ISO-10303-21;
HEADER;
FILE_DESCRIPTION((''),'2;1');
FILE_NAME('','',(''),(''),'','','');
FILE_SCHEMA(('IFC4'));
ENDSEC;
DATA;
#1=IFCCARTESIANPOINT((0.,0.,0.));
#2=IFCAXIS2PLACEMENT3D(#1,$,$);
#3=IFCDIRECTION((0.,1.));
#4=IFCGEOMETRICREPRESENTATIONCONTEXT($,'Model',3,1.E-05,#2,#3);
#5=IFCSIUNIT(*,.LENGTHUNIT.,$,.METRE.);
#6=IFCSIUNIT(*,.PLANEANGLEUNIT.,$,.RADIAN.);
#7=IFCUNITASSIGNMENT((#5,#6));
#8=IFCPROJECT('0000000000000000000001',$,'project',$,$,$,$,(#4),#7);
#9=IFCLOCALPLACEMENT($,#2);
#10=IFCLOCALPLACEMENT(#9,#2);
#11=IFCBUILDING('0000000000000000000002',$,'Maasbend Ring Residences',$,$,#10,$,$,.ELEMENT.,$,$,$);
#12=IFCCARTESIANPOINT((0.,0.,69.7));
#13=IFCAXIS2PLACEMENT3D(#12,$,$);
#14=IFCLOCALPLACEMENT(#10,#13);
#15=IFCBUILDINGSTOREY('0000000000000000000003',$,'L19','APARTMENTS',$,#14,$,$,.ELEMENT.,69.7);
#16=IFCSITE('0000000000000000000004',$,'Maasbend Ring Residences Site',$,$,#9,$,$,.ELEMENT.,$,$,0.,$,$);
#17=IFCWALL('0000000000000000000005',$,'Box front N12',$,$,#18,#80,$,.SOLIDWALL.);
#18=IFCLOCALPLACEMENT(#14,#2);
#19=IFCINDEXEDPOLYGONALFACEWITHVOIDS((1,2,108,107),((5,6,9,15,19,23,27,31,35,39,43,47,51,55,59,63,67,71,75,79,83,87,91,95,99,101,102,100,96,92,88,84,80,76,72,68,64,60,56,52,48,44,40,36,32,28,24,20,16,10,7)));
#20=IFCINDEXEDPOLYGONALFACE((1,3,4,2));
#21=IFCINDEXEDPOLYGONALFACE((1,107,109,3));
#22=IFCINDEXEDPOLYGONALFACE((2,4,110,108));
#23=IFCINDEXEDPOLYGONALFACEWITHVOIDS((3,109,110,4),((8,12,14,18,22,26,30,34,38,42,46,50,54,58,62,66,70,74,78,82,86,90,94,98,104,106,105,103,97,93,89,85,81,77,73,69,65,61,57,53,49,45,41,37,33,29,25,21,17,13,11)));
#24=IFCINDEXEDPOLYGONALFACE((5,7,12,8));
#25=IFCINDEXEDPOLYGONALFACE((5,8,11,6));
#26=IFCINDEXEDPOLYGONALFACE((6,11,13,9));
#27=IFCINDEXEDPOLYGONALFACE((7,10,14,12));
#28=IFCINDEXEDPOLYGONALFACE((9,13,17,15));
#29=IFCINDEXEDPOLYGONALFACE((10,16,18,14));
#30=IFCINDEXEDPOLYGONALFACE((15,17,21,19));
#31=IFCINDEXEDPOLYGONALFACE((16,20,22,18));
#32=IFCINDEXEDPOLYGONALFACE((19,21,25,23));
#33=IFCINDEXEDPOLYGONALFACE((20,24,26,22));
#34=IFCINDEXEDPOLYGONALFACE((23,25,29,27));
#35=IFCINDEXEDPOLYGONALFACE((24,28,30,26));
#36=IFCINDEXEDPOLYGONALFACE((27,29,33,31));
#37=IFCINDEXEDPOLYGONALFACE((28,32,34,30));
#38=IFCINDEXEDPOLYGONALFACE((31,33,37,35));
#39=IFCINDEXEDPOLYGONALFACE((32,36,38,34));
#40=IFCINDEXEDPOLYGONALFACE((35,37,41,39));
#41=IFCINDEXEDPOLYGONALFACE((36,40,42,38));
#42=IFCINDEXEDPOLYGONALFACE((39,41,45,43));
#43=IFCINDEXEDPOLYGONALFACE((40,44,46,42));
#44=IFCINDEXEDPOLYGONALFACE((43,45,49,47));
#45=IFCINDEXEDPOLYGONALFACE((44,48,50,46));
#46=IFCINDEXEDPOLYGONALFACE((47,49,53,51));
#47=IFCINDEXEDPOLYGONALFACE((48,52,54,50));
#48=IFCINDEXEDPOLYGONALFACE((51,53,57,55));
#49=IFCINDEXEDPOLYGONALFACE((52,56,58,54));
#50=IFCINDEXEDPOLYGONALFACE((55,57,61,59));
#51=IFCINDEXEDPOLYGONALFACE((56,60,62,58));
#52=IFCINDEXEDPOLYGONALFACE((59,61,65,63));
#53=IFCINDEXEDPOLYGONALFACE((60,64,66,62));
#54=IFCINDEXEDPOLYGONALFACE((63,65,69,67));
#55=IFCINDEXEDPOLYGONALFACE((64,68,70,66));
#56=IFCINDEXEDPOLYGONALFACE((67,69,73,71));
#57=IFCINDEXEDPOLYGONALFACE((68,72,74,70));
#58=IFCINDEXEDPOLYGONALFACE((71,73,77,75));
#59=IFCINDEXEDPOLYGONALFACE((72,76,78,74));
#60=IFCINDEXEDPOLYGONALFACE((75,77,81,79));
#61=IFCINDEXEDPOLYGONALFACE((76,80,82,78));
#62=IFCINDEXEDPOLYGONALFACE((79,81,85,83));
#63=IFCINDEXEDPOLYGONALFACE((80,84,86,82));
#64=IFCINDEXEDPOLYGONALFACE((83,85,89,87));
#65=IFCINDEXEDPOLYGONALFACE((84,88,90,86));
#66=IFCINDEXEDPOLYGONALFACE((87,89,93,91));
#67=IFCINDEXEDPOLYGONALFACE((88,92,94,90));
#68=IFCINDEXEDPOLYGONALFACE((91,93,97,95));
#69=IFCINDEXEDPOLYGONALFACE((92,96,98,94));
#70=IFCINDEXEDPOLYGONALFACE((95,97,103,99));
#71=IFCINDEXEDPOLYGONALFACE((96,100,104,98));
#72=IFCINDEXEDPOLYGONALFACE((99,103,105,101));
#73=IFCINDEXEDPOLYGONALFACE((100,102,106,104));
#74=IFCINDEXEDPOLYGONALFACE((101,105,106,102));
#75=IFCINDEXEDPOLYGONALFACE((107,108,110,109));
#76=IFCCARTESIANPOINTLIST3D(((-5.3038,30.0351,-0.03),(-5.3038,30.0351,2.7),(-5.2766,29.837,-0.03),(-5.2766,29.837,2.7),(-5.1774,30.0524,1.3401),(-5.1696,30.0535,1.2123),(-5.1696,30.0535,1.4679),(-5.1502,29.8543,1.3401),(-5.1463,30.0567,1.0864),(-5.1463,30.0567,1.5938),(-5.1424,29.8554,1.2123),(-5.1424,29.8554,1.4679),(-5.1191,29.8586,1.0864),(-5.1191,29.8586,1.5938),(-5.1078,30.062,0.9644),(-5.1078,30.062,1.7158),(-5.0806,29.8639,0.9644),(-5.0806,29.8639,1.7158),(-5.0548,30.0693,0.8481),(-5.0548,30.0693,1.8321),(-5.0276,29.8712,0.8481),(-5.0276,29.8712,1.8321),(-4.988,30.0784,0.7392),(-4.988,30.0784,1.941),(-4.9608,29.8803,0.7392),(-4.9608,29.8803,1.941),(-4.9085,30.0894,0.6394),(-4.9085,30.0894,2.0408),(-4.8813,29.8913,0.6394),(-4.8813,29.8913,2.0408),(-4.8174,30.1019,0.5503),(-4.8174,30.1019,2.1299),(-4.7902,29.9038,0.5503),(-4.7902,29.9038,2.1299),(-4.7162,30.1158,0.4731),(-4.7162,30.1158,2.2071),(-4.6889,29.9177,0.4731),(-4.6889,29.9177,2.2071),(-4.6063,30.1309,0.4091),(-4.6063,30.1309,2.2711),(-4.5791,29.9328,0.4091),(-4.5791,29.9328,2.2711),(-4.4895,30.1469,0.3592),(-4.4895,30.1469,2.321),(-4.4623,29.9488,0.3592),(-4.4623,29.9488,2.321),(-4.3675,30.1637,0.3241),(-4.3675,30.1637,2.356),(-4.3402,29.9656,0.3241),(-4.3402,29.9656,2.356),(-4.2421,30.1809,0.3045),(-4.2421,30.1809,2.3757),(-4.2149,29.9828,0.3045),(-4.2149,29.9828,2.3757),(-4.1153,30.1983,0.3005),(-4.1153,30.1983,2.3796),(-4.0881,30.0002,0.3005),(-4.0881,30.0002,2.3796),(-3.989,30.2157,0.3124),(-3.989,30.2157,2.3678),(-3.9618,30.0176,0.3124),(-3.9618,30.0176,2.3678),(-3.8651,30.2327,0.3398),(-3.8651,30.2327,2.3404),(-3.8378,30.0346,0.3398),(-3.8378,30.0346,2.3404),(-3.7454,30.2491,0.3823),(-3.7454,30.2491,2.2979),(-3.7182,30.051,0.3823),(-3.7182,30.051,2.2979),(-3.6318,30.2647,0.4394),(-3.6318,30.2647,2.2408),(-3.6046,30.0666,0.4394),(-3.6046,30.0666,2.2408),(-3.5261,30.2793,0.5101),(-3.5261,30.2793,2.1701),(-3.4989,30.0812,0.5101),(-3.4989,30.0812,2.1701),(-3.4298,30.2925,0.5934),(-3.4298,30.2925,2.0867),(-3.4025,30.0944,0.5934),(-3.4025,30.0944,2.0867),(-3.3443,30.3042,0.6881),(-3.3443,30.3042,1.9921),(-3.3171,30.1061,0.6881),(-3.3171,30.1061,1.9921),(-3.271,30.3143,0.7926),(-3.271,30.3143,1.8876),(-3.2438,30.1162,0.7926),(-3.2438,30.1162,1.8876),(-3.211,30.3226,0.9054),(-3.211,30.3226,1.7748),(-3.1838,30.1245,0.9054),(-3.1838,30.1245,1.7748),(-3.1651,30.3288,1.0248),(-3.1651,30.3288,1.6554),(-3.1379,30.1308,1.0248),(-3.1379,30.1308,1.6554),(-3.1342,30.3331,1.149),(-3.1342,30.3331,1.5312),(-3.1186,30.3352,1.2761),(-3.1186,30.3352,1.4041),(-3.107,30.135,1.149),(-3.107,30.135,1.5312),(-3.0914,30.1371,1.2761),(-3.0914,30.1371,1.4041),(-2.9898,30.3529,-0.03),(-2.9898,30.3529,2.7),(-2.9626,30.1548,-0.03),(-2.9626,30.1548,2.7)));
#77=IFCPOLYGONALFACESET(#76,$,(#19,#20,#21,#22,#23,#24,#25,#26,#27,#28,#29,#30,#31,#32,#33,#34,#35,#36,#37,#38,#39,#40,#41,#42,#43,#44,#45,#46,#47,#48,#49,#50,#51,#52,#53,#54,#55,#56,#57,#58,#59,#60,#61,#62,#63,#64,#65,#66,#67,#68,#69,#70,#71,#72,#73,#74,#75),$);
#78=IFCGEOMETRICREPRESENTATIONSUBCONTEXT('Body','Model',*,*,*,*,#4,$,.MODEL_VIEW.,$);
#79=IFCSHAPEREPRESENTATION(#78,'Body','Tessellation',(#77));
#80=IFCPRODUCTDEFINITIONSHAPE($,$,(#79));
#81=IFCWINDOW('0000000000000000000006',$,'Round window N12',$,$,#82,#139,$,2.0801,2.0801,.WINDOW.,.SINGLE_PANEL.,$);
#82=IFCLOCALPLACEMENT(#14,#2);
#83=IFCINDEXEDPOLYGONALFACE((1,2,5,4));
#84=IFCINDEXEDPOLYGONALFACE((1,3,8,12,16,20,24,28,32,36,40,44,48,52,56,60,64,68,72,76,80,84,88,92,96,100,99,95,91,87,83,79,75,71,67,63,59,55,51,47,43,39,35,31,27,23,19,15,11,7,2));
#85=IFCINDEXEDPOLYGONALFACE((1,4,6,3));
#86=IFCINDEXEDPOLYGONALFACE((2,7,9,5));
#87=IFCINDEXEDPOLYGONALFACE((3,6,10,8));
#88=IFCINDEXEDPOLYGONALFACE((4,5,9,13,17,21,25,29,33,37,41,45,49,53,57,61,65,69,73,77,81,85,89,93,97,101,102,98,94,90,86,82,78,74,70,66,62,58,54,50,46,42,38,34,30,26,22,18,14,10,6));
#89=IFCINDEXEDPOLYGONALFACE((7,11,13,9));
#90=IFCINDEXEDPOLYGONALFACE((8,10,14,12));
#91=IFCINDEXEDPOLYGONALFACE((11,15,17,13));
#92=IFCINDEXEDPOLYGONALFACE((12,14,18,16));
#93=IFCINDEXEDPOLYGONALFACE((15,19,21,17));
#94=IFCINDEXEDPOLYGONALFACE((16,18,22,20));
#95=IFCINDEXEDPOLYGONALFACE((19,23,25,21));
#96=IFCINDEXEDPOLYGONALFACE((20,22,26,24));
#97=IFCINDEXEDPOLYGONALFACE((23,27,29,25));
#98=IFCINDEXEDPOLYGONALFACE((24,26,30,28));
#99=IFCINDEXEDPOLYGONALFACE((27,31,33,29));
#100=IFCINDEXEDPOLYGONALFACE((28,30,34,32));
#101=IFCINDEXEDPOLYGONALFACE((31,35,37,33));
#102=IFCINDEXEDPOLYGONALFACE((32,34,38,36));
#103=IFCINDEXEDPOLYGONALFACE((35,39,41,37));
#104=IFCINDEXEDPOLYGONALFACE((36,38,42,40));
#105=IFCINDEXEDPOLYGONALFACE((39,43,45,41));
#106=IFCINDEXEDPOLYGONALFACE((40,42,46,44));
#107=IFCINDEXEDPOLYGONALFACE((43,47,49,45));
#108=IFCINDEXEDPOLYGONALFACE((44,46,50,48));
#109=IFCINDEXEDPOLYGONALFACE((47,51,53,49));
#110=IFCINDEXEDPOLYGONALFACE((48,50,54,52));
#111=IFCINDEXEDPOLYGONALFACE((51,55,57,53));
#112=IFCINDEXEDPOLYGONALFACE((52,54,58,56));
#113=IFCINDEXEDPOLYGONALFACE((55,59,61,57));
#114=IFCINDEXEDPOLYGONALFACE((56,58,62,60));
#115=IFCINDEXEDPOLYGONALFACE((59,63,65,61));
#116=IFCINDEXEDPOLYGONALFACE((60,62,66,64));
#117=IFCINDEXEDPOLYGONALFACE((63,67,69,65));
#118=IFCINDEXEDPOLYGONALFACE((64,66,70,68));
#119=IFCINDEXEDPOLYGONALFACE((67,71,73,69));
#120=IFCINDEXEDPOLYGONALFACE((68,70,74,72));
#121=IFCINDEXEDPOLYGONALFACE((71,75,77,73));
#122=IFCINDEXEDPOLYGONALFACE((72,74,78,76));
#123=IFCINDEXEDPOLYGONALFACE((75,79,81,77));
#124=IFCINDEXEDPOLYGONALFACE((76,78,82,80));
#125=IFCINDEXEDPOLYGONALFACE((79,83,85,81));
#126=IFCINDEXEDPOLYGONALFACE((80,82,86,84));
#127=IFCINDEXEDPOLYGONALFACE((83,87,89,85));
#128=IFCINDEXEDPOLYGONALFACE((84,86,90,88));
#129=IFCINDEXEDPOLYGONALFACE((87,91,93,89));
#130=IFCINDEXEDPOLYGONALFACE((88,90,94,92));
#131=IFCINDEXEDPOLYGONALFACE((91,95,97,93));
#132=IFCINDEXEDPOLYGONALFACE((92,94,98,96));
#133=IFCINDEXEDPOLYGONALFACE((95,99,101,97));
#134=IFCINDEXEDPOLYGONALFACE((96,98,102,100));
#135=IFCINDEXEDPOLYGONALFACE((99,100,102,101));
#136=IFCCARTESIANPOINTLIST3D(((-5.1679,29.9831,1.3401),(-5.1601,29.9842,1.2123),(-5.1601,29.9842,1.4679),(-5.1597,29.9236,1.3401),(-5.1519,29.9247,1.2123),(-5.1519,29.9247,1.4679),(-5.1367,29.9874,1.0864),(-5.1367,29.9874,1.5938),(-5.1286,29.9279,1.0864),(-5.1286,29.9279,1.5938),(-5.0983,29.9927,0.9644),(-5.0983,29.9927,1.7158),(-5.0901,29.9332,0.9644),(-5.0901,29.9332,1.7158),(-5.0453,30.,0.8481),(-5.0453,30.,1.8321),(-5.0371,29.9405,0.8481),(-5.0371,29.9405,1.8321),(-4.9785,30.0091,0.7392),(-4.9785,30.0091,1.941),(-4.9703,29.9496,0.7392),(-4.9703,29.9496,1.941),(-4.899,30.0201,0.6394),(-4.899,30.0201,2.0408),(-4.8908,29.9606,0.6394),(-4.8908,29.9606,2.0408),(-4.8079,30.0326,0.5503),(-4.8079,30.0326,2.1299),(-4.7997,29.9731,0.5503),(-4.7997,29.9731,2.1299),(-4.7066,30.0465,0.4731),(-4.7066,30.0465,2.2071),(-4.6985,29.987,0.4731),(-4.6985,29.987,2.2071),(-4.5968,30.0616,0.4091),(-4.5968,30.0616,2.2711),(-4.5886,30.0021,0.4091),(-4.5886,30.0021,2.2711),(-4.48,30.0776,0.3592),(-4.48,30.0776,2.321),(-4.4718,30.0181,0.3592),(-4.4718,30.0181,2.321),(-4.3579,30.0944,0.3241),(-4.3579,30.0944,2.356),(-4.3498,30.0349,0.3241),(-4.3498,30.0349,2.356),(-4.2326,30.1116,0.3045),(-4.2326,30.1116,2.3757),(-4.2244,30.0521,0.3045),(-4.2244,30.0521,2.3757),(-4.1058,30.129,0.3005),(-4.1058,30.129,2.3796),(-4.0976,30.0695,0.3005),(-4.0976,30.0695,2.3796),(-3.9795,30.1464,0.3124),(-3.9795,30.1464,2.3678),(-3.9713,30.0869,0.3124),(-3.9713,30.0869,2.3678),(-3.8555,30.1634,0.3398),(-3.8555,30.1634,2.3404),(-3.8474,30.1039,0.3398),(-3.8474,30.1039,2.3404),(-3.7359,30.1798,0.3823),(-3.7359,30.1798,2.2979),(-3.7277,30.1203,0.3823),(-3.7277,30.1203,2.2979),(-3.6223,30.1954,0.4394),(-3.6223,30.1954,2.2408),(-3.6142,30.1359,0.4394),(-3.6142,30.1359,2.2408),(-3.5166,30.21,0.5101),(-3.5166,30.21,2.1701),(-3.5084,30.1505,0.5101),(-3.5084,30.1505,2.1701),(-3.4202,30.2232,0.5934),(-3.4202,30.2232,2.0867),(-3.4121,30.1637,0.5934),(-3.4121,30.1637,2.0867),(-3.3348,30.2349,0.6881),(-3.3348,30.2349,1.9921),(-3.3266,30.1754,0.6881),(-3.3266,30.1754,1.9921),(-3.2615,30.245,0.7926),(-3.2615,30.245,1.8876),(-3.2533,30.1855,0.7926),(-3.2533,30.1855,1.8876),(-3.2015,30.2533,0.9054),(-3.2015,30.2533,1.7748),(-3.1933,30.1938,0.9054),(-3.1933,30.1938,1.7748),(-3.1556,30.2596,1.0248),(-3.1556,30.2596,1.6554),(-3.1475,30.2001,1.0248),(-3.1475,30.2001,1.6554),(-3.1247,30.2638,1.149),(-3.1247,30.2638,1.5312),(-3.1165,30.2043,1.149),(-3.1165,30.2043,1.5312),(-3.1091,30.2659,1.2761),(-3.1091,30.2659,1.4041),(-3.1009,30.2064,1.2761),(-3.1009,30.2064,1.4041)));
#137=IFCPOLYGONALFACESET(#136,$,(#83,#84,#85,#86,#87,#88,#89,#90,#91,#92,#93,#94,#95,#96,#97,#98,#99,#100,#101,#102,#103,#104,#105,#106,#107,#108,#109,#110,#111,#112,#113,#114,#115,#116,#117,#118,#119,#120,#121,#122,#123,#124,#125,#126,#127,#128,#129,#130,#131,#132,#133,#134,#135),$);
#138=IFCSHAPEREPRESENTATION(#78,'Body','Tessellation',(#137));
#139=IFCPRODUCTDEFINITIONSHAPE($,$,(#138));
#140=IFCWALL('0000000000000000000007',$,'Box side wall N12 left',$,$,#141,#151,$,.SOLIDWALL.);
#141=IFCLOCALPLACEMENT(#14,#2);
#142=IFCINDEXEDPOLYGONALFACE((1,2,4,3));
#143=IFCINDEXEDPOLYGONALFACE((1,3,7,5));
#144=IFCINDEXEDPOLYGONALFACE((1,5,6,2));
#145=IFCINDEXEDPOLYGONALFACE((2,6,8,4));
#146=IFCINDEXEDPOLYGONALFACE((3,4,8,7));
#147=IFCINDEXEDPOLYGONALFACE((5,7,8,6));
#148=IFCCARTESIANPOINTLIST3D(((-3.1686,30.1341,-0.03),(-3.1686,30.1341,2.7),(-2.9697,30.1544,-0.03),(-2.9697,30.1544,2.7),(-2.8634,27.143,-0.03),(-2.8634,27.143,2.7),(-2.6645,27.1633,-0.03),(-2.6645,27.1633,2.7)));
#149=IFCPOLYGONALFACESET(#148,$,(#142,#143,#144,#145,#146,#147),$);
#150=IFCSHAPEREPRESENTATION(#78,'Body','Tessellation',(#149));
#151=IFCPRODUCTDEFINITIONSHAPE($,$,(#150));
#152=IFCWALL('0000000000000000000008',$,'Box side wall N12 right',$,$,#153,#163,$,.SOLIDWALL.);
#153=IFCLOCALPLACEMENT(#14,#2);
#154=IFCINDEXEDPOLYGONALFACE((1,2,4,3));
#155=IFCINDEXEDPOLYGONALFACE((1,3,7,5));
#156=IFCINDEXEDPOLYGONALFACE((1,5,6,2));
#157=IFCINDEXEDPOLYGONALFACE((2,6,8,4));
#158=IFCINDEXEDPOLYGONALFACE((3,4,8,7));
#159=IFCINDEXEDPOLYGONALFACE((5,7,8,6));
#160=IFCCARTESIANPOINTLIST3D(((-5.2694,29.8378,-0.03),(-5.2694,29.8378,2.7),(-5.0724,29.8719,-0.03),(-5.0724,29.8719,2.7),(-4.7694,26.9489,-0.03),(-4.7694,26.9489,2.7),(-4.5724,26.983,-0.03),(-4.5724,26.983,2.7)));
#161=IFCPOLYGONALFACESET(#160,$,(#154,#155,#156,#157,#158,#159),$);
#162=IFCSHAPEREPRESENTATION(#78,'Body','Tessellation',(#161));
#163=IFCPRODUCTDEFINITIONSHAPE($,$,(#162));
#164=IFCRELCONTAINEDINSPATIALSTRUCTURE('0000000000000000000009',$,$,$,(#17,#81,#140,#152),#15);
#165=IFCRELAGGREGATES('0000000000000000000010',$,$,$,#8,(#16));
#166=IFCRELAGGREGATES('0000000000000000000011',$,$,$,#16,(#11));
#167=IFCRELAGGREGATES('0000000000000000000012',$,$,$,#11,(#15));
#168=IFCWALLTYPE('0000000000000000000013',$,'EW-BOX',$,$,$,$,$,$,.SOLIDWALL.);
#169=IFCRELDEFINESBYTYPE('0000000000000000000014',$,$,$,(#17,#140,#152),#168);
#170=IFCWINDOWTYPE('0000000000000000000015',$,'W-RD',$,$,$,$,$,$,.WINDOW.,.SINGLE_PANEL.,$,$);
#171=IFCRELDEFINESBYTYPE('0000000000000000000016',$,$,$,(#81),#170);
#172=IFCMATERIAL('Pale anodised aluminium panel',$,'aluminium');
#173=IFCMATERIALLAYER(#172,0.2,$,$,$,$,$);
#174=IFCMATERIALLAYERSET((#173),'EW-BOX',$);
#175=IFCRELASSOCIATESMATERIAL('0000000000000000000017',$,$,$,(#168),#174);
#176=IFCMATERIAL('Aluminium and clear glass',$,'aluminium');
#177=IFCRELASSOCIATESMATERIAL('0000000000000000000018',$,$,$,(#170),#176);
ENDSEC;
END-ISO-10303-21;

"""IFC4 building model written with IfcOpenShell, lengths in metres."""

from ifc_helpers import new_model, si_unit, direction, frame, frame_2d, origin, place, context, subcontext, project, spatial, rectangle, circle, extrude, material, layer, layer_set, type_object, element, fill, save


model = new_model("IFC4")

# Units and contexts
model_context = context("Model", 3, precision=1e-05, world=origin(), true_north=direction((0.0, 1.0)))
body_context = subcontext(model_context, "Body", "Model", "MODEL_VIEW")
ifc_project = project(units=[si_unit("LENGTHUNIT", "METRE"), si_unit("PLANEANGLEUNIT", "RADIAN")], contexts=[model_context])

# Site, building, storey
site_placement = place(None, origin())
site = spatial("IfcSite", under=ifc_project, at=site_placement, Name="Maasbend Ring Residences Site", CompositionType="ELEMENT", RefElevation=0.0)
building_placement = place(site_placement, origin())
building = spatial("IfcBuilding", under=site, at=building_placement, Name="Maasbend Ring Residences", CompositionType="ELEMENT")
storey_placement = place(building_placement, frame((0.0, 0.0, 69.7)))
storey = spatial("IfcBuildingStorey", under=building, at=storey_placement, Name="L19", Description="APARTMENTS", CompositionType="ELEMENT", Elevation=69.7)

# Wall, opening, window
ifc_material_1 = material(Name="Pale anodised aluminium panel", Category="aluminium")
ifc_layer_1 = layer(ifc_material_1, 0.2)
ifc_layer_set_1 = layer_set([ifc_layer_1], Name="EW-BOX")
wall_type_1 = type_object("IfcWallType", Name="EW-BOX", PredefinedType="SOLIDWALL", material=ifc_layer_set_1)
wall_1_placement = place(storey_placement, frame((-2.9761, 30.2539, -0.03), z_axis=(0.0, 0.0, 1.0), x_axis=(-0.990696, -0.136093, 0.0)))
wall_1 = element("IfcWall", 1, at=wall_1_placement, inside=storey, type_object=wall_type_1, Name="Box front N12", PredefinedType="SOLIDWALL", context=body_context, shape_type="SweptSolid", body=[
    extrude(rectangle(XDim=2.3357, YDim=0.2, at=frame_2d((1.168, 0.0))), origin(), (0.0, 0.0, 1.0), 2.73),
])
opening_1_placement = place(wall_1_placement, frame((0.1282, 0.0, 0.3301)))
opening_1 = element("IfcOpeningElement", 2, at=opening_1_placement, cuts=wall_1, PredefinedType="OPENING", context=body_context, shape_type="SweptSolid", body=[
    extrude(circle(Radius=1.04, at=frame_2d((1.04, 1.04))), frame((0.0, 0.1099, 0.0), z_axis=(0.0, -1.0, 0.0), x_axis=(1.0, 0.0, 0.0)), (0.0, 0.0, 1.0), 0.22),
])
ifc_material_2 = material(Name="Aluminium and clear glass", Category="aluminium")
window_type_1 = type_object("IfcWindowType", Name="W-RD", PartitioningType="SINGLE_PANEL", PredefinedType="WINDOW", material=ifc_material_2)
window_1_placement = place(opening_1_placement, origin())
window_1 = element("IfcWindow", 3, at=window_1_placement, inside=storey, type_object=window_type_1, Name="Round window N12", OverallHeight=2.0801, OverallWidth=2.0801, PartitioningType="SINGLE_PANEL", PredefinedType="WINDOW", context=body_context, shape_type="SweptSolid", body=[
    extrude(circle(Radius=1.04, at=frame_2d((1.04, 1.04))), frame((0.0, 0.03, 0.0), z_axis=(0.0, -1.0, 0.0), x_axis=(1.0, 0.0, 0.0)), (0.0, 0.0, 1.0), 0.0601),
])
fill(opening_1, window_1)

# Walls
wall_2_placement = place(storey_placement, frame((-2.7639, 27.1531, -0.03), z_axis=(0.0, 0.0, 1.0), x_axis=(-0.101505, 0.994835, 0.0)))
element("IfcWall", 4, at=wall_2_placement, inside=storey, type_object=wall_type_1, Name="Box side wall N12 left", PredefinedType="SOLIDWALL", context=body_context, shape_type="SweptSolid", body=[
    extrude(rectangle(XDim=3.0066, YDim=0.2, at=frame_2d((1.5034, 0.0))), origin(), (0.0, 0.0, 1.0), 2.73),
])
wall_3_placement = place(storey_placement, frame((-4.6709, 26.9661, -0.03), z_axis=(0.0, 0.0, 1.0), x_axis=(-0.17054, 0.985351, 0.0)))
element("IfcWall", 5, at=wall_3_placement, inside=storey, type_object=wall_type_1, Name="Box side wall N12 right", PredefinedType="SOLIDWALL", context=body_context, shape_type="SweptSolid", body=[
    extrude(rectangle(XDim=2.9319, YDim=0.2, at=frame_2d((1.4658, 0.0))), origin(), (0.0, 0.0, 1.0), 2.73),
])

save(model, "model.ifc")
